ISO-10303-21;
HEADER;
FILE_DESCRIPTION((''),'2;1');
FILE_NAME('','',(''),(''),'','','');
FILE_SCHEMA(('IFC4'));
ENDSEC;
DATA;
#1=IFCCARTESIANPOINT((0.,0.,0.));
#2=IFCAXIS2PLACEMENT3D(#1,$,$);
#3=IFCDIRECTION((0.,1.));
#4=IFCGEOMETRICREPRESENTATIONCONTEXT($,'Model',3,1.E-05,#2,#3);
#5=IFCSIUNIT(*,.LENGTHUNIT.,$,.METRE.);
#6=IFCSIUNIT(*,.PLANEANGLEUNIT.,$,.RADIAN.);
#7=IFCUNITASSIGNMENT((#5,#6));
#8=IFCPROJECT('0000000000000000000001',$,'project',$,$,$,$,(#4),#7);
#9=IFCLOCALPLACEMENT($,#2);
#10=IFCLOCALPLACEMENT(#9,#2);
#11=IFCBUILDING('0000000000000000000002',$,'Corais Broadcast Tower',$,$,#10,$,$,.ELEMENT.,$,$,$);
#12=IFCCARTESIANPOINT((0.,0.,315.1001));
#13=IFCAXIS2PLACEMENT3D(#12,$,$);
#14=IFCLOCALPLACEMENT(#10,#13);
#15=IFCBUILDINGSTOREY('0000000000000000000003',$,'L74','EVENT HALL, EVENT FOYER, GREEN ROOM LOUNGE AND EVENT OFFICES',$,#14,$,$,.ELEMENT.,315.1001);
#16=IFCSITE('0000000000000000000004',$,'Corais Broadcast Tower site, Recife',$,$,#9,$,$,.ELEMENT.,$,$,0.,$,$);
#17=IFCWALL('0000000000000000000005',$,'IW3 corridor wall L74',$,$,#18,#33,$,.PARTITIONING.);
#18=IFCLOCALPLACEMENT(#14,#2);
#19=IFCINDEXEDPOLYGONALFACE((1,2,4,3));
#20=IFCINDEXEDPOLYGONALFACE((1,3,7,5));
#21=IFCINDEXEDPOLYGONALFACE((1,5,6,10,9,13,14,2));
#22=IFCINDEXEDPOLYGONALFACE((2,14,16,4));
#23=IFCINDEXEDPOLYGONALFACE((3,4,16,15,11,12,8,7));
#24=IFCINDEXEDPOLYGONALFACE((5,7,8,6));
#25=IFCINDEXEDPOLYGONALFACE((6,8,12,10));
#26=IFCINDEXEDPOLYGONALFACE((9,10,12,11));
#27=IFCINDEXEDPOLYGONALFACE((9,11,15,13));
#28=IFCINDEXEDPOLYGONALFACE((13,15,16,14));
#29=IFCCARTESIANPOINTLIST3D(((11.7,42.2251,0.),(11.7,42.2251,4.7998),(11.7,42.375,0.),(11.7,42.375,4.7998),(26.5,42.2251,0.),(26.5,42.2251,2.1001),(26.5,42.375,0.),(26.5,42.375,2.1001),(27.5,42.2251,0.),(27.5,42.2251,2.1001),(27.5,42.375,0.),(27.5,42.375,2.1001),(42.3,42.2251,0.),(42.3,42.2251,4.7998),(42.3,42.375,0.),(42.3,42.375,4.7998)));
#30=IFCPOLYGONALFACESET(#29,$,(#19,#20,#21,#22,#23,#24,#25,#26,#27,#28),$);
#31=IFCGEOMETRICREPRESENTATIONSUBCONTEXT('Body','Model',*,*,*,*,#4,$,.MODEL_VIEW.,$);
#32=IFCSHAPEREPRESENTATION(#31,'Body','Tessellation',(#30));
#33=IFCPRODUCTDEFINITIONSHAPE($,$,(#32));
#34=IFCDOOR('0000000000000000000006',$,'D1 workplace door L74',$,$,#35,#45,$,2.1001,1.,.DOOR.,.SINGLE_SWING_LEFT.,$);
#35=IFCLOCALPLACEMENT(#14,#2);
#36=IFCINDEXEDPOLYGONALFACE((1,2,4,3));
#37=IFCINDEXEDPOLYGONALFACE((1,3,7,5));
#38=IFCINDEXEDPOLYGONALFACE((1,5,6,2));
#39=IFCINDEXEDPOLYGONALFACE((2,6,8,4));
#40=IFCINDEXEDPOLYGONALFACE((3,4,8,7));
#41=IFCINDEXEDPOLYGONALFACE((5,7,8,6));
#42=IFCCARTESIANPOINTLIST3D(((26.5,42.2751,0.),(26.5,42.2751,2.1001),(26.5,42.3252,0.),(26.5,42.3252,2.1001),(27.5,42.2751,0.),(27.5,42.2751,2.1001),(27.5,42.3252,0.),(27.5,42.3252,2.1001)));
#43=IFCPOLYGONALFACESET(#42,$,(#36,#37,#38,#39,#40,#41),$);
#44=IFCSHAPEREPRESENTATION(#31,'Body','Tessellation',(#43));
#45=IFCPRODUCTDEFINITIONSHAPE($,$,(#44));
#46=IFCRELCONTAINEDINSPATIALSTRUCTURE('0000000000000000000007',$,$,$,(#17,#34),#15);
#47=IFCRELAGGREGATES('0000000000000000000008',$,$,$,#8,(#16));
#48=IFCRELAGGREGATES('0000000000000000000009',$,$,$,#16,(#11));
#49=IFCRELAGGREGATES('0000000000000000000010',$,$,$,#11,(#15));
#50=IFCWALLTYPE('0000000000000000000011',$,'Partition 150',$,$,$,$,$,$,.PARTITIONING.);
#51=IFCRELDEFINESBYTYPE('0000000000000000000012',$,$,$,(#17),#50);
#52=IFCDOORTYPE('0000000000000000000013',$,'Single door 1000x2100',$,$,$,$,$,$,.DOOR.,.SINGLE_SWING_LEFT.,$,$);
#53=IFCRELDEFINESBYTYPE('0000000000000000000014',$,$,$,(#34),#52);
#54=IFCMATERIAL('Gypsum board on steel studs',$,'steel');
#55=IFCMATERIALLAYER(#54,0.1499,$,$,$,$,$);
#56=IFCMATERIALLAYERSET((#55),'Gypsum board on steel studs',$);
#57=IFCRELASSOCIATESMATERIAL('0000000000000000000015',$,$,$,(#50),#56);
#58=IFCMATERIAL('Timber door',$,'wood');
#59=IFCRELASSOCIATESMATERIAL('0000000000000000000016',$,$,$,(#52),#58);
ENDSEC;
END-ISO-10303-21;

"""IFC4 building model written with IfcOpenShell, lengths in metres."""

from ifc_helpers import new_model, si_unit, direction, frame, frame_2d, origin, place, context, subcontext, project, spatial, rectangle, extrude, material, layer, layer_set, type_object, element, fill, save


model = new_model("IFC4")

# Units and contexts
model_context = context("Model", 3, precision=1e-05, world=origin(), true_north=direction((0.0, 1.0)))
body_context = subcontext(model_context, "Body", "Model", "MODEL_VIEW")
ifc_project = project(units=[si_unit("LENGTHUNIT", "METRE"), si_unit("PLANEANGLEUNIT", "RADIAN")], contexts=[model_context])

# Site, building, storey
site_placement = place(None, origin())
site = spatial("IfcSite", under=ifc_project, at=site_placement, Name="Corais Broadcast Tower site, Recife", CompositionType="ELEMENT", RefElevation=0.0)
building_placement = place(site_placement, origin())
building = spatial("IfcBuilding", under=site, at=building_placement, Name="Corais Broadcast Tower", CompositionType="ELEMENT")
storey_placement = place(building_placement, frame((0.0, 0.0, 315.1001)))
storey = spatial("IfcBuildingStorey", under=building, at=storey_placement, Name="L74", Description="EVENT HALL, EVENT FOYER, GREEN ROOM LOUNGE AND EVENT OFFICES", CompositionType="ELEMENT", Elevation=315.1001)

# Wall, opening, door
ifc_material_1 = material(Name="Gypsum board on steel studs", Category="steel")
ifc_layer_1 = layer(ifc_material_1, 0.1499)
ifc_layer_set_1 = layer_set([ifc_layer_1], Name="Gypsum board on steel studs")
wall_type = type_object("IfcWallType", Name="Partition 150", PredefinedType="PARTITIONING", material=ifc_layer_set_1)
wall_placement = place(storey_placement, frame((42.3, 42.3, 0.0), z_axis=(0.0, 0.0, 1.0), x_axis=(-1.0, 0.0, 0.0)))
wall = element("IfcWall", 1, at=wall_placement, inside=storey, type_object=wall_type, Name="IW3 corridor wall L74", PredefinedType="PARTITIONING", context=body_context, shape_type="SweptSolid", body=[
    extrude(rectangle(XDim=30.6001, YDim=0.1499, at=frame_2d((15.3, 0.0))), origin(), (0.0, 0.0, 1.0), 4.7998),
])
opening_placement = place(wall_placement, frame((14.8, 0.0, 0.0)))
opening = element("IfcOpeningElement", 2, at=opening_placement, cuts=wall, PredefinedType="OPENING", context=body_context, shape_type="SweptSolid", body=[
    extrude(rectangle(XDim=1.0, YDim=2.1001, at=frame_2d((0.5, 1.05))), frame((0.0, 0.085, 0.0), z_axis=(0.0, -1.0, 0.0), x_axis=(1.0, 0.0, 0.0)), (0.0, 0.0, 1.0), 0.1699),
])
ifc_material_2 = material(Name="Timber door", Category="wood")
door_type = type_object("IfcDoorType", Name="Single door 1000x2100", OperationType="SINGLE_SWING_LEFT", PredefinedType="DOOR", material=ifc_material_2)
door_placement = place(opening_placement, origin())
door = element("IfcDoor", 3, at=door_placement, inside=storey, type_object=door_type, Name="D1 workplace door L74", OperationType="SINGLE_SWING_LEFT", OverallHeight=2.1001, OverallWidth=1.0, PredefinedType="DOOR", context=body_context, shape_type="SweptSolid", body=[
    extrude(rectangle(XDim=1.0, YDim=2.1001, at=frame_2d((0.5, 1.05))), frame((0.0, 0.0249, 0.0), z_axis=(0.0, -1.0, 0.0), x_axis=(1.0, 0.0, 0.0)), (0.0, 0.0, 1.0), 0.05),
])
fill(opening, door)

save(model, "model.ifc")
